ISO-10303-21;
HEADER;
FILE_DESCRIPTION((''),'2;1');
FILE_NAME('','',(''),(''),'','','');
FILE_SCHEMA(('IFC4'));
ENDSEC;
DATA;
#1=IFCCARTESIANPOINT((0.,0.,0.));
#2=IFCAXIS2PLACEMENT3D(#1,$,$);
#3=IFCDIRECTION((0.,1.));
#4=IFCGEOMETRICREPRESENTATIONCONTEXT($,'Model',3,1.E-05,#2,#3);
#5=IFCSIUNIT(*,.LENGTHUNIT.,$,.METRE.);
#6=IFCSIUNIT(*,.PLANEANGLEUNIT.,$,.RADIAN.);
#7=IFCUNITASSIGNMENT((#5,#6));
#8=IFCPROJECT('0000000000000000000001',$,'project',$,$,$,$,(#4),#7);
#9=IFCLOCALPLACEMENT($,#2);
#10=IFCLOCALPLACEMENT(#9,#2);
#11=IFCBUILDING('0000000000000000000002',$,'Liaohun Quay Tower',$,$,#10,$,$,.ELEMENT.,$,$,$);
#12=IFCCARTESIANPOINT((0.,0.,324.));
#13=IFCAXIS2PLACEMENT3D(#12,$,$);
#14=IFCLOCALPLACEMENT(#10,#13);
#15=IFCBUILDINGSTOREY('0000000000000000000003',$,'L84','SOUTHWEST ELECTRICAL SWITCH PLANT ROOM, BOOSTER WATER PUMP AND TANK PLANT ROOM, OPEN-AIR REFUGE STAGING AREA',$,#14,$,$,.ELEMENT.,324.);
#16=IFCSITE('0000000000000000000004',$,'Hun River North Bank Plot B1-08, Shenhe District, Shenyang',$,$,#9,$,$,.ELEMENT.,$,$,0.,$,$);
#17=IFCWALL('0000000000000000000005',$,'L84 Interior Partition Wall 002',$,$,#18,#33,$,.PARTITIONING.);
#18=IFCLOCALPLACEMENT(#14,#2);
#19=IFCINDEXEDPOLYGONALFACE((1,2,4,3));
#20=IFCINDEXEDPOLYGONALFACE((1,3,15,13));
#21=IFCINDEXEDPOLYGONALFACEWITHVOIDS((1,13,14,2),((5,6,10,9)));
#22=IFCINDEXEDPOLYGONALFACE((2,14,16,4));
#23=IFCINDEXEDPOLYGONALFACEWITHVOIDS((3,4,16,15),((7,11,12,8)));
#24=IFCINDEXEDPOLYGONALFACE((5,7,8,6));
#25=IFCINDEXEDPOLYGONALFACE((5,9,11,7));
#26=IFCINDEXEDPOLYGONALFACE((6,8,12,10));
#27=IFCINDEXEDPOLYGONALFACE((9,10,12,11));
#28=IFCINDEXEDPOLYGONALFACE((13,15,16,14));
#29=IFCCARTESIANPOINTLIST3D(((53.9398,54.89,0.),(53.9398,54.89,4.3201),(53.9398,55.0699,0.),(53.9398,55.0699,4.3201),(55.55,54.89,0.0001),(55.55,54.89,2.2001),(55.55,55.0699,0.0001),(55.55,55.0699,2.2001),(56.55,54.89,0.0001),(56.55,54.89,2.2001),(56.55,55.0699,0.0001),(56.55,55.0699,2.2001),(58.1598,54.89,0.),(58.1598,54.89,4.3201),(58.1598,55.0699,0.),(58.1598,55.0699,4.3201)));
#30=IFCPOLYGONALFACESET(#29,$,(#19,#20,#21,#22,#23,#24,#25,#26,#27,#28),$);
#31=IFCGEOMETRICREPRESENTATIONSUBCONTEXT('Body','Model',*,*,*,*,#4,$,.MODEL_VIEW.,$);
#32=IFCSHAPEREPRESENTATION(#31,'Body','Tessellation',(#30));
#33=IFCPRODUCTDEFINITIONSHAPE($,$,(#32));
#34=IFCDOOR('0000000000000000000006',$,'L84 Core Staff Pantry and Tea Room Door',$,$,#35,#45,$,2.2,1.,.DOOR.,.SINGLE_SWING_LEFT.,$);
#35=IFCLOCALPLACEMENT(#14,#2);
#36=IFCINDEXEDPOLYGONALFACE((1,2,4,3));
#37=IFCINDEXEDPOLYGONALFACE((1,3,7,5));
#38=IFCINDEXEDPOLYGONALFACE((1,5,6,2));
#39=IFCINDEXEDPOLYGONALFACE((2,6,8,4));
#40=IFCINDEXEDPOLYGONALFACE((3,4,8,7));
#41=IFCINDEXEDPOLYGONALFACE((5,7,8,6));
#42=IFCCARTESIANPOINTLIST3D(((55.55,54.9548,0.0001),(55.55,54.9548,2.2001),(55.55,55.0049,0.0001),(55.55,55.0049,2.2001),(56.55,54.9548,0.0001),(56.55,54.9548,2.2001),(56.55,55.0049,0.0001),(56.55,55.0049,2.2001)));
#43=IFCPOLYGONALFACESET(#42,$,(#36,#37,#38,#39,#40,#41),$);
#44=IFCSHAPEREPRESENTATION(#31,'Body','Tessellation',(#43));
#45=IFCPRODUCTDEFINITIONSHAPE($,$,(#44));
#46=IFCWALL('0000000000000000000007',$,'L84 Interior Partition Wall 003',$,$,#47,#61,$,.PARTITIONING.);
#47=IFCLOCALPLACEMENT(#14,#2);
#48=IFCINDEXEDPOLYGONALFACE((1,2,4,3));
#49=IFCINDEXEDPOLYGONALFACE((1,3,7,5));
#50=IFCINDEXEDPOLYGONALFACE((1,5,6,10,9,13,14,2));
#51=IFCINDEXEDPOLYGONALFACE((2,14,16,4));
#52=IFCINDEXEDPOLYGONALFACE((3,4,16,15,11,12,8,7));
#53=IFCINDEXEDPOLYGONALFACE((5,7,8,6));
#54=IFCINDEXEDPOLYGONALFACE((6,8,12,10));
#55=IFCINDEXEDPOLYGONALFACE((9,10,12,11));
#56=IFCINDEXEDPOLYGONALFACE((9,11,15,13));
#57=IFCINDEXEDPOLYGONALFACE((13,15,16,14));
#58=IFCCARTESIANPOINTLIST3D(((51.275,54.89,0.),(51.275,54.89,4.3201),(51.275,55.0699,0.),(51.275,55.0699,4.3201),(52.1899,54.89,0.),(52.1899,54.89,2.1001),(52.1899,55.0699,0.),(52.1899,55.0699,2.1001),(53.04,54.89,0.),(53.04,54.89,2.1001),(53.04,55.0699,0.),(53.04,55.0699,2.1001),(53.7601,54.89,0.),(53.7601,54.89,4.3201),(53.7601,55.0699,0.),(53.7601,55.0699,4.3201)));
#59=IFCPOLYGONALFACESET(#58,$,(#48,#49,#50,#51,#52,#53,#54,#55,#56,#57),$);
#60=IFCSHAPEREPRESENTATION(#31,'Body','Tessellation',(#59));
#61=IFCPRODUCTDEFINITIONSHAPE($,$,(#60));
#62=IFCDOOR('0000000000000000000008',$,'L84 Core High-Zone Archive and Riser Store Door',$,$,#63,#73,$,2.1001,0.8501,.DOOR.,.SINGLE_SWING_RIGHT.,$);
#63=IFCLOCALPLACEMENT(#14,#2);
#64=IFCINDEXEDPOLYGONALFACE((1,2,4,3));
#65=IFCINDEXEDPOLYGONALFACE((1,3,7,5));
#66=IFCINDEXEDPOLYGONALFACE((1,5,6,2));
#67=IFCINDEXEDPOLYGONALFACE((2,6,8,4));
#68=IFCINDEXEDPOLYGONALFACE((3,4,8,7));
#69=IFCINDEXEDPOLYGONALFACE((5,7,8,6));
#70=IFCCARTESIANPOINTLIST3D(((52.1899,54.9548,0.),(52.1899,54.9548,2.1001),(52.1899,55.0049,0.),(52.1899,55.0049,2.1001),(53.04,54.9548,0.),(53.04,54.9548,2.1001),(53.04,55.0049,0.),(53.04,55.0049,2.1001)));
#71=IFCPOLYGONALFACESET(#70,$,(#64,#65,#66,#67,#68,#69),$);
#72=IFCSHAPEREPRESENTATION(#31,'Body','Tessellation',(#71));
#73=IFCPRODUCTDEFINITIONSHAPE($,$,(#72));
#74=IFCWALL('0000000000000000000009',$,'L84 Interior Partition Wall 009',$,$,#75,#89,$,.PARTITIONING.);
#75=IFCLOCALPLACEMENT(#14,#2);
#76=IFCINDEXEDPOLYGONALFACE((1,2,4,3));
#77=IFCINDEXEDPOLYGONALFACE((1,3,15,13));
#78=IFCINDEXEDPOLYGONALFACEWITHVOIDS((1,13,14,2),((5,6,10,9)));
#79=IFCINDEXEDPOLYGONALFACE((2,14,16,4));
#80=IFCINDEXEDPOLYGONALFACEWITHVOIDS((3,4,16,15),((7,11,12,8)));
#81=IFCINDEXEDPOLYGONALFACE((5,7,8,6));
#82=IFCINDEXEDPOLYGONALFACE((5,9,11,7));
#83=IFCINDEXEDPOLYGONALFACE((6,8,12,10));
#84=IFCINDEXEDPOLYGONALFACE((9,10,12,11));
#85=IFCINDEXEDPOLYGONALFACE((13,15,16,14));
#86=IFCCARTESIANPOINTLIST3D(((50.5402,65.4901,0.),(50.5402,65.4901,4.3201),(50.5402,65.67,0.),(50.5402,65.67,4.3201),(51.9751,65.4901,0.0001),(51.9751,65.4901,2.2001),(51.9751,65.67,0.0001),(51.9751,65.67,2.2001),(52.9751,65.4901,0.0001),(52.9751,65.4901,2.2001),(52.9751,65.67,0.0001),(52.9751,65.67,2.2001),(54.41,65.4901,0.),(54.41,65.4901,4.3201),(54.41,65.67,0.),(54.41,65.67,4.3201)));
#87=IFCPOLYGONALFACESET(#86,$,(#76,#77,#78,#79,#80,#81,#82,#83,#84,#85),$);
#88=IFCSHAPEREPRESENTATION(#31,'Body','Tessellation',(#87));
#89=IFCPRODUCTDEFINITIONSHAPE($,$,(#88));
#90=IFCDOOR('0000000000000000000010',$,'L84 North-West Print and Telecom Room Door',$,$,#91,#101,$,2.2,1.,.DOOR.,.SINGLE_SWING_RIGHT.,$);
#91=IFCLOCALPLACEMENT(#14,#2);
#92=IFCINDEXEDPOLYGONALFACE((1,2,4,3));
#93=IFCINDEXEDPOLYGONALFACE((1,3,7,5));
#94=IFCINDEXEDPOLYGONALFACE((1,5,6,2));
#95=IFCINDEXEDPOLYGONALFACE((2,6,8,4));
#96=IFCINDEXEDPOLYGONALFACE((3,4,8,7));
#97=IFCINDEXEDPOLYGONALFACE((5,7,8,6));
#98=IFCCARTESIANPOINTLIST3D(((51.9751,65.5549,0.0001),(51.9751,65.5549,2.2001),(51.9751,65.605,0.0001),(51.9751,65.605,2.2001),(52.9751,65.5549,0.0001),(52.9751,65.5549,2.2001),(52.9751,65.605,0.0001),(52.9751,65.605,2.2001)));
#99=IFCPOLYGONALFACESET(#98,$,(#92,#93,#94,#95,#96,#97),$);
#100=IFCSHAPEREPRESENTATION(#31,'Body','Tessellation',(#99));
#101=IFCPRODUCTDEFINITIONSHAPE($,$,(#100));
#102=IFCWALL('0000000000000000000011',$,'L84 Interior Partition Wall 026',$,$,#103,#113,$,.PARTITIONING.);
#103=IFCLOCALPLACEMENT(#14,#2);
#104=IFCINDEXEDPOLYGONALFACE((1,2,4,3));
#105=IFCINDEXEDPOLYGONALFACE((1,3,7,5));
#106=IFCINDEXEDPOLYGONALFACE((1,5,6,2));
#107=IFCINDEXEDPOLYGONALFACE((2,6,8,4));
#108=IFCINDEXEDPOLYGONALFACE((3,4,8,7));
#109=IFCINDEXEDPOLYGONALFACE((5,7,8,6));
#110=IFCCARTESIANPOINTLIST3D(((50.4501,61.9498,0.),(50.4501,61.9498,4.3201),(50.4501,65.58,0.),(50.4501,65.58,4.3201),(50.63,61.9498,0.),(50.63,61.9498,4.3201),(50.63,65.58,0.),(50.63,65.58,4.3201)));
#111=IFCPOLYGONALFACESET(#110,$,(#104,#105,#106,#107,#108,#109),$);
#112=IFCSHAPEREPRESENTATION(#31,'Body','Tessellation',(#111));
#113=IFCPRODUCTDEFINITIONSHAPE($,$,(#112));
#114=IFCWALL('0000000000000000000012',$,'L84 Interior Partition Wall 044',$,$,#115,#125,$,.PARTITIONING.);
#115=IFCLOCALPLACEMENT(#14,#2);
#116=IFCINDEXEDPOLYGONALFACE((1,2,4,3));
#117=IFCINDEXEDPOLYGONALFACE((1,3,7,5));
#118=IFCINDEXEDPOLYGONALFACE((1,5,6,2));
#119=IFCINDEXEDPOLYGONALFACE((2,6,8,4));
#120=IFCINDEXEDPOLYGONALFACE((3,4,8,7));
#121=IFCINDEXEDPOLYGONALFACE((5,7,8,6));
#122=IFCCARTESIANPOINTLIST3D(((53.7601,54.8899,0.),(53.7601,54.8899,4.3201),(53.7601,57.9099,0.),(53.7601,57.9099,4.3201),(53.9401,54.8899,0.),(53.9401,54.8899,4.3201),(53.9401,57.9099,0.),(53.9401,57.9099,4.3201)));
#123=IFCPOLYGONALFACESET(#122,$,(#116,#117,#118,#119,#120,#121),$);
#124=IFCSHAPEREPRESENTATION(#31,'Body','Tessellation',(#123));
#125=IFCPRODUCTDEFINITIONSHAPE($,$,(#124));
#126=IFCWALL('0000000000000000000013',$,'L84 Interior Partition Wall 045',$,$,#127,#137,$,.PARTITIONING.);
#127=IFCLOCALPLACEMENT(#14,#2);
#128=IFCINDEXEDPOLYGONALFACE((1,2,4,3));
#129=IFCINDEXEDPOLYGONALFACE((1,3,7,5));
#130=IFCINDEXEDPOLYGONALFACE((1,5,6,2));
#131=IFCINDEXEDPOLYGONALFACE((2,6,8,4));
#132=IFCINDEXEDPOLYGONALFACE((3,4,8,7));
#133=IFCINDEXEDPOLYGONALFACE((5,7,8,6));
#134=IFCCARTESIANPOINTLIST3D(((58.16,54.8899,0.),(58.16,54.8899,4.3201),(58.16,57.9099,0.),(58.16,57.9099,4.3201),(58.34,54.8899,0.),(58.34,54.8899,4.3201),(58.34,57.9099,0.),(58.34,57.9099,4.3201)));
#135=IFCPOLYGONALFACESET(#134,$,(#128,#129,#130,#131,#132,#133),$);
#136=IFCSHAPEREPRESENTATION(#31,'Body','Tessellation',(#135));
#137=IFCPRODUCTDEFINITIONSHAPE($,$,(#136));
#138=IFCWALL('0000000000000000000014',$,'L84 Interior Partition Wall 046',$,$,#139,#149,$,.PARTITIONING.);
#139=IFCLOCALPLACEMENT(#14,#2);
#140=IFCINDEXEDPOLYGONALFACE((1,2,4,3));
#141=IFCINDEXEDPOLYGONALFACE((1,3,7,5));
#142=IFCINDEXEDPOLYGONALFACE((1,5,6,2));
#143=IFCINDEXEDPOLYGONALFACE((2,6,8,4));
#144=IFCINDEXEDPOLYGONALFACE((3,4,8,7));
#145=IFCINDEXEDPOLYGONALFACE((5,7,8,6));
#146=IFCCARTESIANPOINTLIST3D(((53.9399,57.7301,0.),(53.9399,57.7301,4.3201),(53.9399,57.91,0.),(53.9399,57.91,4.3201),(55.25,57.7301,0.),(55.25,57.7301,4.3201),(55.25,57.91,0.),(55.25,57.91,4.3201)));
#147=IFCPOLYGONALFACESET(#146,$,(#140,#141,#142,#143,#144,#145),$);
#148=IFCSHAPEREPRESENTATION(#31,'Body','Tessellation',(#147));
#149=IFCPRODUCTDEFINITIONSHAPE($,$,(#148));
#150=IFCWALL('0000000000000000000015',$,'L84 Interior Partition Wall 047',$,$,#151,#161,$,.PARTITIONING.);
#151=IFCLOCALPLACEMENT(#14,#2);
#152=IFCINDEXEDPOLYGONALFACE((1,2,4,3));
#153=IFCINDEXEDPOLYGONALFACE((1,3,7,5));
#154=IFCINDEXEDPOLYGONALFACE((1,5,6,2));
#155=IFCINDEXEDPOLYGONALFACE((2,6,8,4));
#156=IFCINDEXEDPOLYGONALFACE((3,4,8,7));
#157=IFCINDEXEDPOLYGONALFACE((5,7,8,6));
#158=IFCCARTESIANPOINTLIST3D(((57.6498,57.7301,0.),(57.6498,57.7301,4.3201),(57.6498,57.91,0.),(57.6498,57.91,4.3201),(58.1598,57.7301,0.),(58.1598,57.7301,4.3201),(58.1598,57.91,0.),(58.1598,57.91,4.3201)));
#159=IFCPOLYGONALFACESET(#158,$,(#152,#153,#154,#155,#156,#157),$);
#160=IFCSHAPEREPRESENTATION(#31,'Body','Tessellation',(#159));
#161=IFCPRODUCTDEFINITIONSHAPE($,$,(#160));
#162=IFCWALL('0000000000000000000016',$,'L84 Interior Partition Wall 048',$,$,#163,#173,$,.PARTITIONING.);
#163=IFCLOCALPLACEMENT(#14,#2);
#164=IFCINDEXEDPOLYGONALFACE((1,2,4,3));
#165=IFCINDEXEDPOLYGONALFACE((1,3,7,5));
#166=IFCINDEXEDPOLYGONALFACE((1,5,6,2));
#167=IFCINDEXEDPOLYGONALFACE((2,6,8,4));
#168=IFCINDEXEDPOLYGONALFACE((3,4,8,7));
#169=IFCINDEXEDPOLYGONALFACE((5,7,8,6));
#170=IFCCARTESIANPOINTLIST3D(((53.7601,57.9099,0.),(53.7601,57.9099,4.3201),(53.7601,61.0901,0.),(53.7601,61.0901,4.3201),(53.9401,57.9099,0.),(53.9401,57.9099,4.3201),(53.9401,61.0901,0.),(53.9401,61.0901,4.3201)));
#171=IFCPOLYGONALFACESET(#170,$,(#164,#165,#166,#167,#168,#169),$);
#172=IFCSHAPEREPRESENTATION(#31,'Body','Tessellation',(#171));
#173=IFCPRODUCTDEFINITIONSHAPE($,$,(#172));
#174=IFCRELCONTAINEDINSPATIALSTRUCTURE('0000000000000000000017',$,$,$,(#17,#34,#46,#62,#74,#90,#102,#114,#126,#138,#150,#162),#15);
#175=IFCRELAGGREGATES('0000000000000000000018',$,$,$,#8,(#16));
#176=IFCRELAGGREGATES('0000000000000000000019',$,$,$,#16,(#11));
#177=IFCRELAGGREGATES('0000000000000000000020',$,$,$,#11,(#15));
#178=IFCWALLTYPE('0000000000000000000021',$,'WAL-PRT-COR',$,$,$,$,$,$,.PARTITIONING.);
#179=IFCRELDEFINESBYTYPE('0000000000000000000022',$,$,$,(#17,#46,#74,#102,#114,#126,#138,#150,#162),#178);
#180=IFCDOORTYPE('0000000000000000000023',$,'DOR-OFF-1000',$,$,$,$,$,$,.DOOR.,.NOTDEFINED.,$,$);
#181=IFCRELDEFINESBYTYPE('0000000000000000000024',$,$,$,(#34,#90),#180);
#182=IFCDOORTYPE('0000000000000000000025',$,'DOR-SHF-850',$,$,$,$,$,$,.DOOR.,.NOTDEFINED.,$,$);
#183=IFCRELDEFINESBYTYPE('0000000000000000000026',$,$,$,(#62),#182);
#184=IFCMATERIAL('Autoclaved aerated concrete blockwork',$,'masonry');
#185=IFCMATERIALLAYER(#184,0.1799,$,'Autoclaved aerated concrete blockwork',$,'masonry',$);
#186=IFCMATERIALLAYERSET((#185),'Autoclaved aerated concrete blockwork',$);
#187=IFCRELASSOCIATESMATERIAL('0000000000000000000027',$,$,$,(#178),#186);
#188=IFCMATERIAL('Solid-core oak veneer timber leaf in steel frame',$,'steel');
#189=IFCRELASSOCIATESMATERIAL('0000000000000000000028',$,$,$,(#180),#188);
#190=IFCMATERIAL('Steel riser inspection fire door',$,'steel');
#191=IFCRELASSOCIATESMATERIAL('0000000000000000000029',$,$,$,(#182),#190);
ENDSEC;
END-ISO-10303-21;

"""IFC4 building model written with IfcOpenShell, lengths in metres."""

from ifc_helpers import new_model, si_unit, direction, frame, frame_2d, origin, place, context, subcontext, project, spatial, rectangle, extrude, source, transform, mapped, material, layer, layer_set, type_object, element, fill, save


model = new_model("IFC4")

# Units and contexts
model_context = context("Model", 3, precision=1e-05, world=origin(), true_north=direction((0.0, 1.0)))
body_context = subcontext(model_context, "Body", "Model", "MODEL_VIEW")
ifc_project = project(units=[si_unit("LENGTHUNIT", "METRE"), si_unit("PLANEANGLEUNIT", "RADIAN")], contexts=[model_context])

# Site, building, storey
site_placement = place(None, origin())
site = spatial("IfcSite", under=ifc_project, at=site_placement, Name="Hun River North Bank Plot B1-08, Shenhe District, Shenyang", CompositionType="ELEMENT", RefElevation=0.0)
building_placement = place(site_placement, origin())
building = spatial("IfcBuilding", under=site, at=building_placement, Name="Liaohun Quay Tower", CompositionType="ELEMENT")
storey_placement = place(building_placement, frame((0.0, 0.0, 324.0)))
storey = spatial("IfcBuildingStorey", under=building, at=storey_placement, Name="L84", Description="SOUTHWEST ELECTRICAL SWITCH PLANT ROOM, BOOSTER WATER PUMP AND TANK PLANT ROOM, OPEN-AIR REFUGE STAGING AREA", CompositionType="ELEMENT", Elevation=324.0)

# Walls, openings, doors
ifc_material_1 = material(Name="Autoclaved aerated concrete blockwork", Category="masonry")
ifc_layer_1 = layer(ifc_material_1, 0.1799, Name="Autoclaved aerated concrete blockwork", Category="masonry")
ifc_layer_set_1 = layer_set([ifc_layer_1], Name="Autoclaved aerated concrete blockwork")
wall_type_1 = type_object("IfcWallType", Name="WAL-PRT-COR", PredefinedType="PARTITIONING", material=ifc_layer_set_1)
wall_1_placement = place(storey_placement, frame((53.9399, 54.98, 0.0), z_axis=(0.0, 0.0, 1.0), x_axis=(1.0, 0.0, 0.0)))
wall_1 = element("IfcWall", 1, at=wall_1_placement, inside=storey, type_object=wall_type_1, Name="L84 Interior Partition Wall 002", PredefinedType="PARTITIONING", context=body_context, shape_type="SweptSolid", body=[
    extrude(rectangle(XDim=4.22, YDim=0.1799, at=frame_2d((2.1099, 0.0))), origin(), (0.0, 0.0, 1.0), 4.3201),
])
shared_shape_1 = source(origin(), body_context, "Body", "SweptSolid", [
    extrude(rectangle(XDim=1.0, YDim=2.2, at=frame_2d((0.5, 1.1001))), frame((0.0, 0.0999, 0.0), z_axis=(0.0, -1.0, 0.0), x_axis=(1.0, 0.0, 0.0)), (0.0, 0.0, 1.0), 0.2),
])
opening_1_placement = place(wall_1_placement, frame((1.6101, 0.0, 0.0)))
opening_1 = element("IfcOpeningElement", 2, at=opening_1_placement, cuts=wall_1, PredefinedType="OPENING", context=body_context, shape_type="MappedRepresentation", body=[
    mapped(shared_shape_1, transform((0.0, 0.0, 0.0), x_axis=(1.0, 0.0, 0.0), y_axis=(0.0, 1.0, 0.0), z_axis=(0.0, 0.0, 1.0), scale=1.0)),
])
ifc_material_2 = material(Name="Solid-core oak veneer timber leaf in steel frame", Category="steel")
door_type_1 = type_object("IfcDoorType", Name="DOR-OFF-1000", OperationType="NOTDEFINED", PredefinedType="DOOR", material=ifc_material_2)
shared_shape_2 = source(origin(), body_context, "Body", "SweptSolid", [
    extrude(rectangle(XDim=1.0, YDim=2.2, at=frame_2d((0.5, 1.1001))), frame((0.0, 0.0249, 0.0), z_axis=(0.0, -1.0, 0.0), x_axis=(1.0, 0.0, 0.0)), (0.0, 0.0, 1.0), 0.05),
])
door_1_placement = place(opening_1_placement, origin())
door_1 = element("IfcDoor", 3, at=door_1_placement, inside=storey, type_object=door_type_1, Name="L84 Core Staff Pantry and Tea Room Door", OperationType="SINGLE_SWING_LEFT", OverallHeight=2.2, OverallWidth=1.0, PredefinedType="DOOR", context=body_context, shape_type="MappedRepresentation", body=[
    mapped(shared_shape_2, transform((0.0, 0.0, 0.0), x_axis=(1.0, 0.0, 0.0), y_axis=(0.0, 1.0, 0.0), z_axis=(0.0, 0.0, 1.0), scale=1.0)),
])
fill(opening_1, door_1)
wall_2_placement = place(storey_placement, frame((51.2749, 54.98, 0.0), z_axis=(0.0, 0.0, 1.0), x_axis=(1.0, 0.0, 0.0)))
wall_2 = element("IfcWall", 4, at=wall_2_placement, inside=storey, type_object=wall_type_1, Name="L84 Interior Partition Wall 003", PredefinedType="PARTITIONING", context=body_context, shape_type="SweptSolid", body=[
    extrude(rectangle(XDim=2.4851, YDim=0.1799, at=frame_2d((1.2427, 0.0))), origin(), (0.0, 0.0, 1.0), 4.3201),
])
shared_shape_3 = source(origin(), body_context, "Body", "SweptSolid", [
    extrude(rectangle(XDim=0.8501, YDim=2.1001, at=frame_2d((0.425, 1.05))), frame((0.0, 0.0999, 0.0), z_axis=(0.0, -1.0, 0.0), x_axis=(1.0, 0.0, 0.0)), (0.0, 0.0, 1.0), 0.2),
])
opening_2_placement = place(wall_2_placement, frame((0.915, 0.0, 0.0)))
opening_2 = element("IfcOpeningElement", 5, at=opening_2_placement, cuts=wall_2, PredefinedType="OPENING", context=body_context, shape_type="MappedRepresentation", body=[
    mapped(shared_shape_3, transform((0.0, 0.0, 0.0), x_axis=(1.0, 0.0, 0.0), y_axis=(0.0, 1.0, 0.0), z_axis=(0.0, 0.0, 1.0), scale=1.0)),
])
ifc_material_3 = material(Name="Steel riser inspection fire door", Category="steel")
door_type_2 = type_object("IfcDoorType", Name="DOR-SHF-850", OperationType="NOTDEFINED", PredefinedType="DOOR", material=ifc_material_3)
shared_shape_4 = source(origin(), body_context, "Body", "SweptSolid", [
    extrude(rectangle(XDim=0.8501, YDim=2.1001, at=frame_2d((0.425, 1.05))), frame((0.0, 0.0249, 0.0), z_axis=(0.0, -1.0, 0.0), x_axis=(1.0, 0.0, 0.0)), (0.0, 0.0, 1.0), 0.05),
])
door_2_placement = place(opening_2_placement, origin())
door_2 = element("IfcDoor", 6, at=door_2_placement, inside=storey, type_object=door_type_2, Name="L84 Core High-Zone Archive and Riser Store Door", OperationType="SINGLE_SWING_RIGHT", OverallHeight=2.1001, OverallWidth=0.8501, PredefinedType="DOOR", context=body_context, shape_type="MappedRepresentation", body=[
    mapped(shared_shape_4, transform((0.0, 0.0, 0.0), x_axis=(1.0, 0.0, 0.0), y_axis=(0.0, 1.0, 0.0), z_axis=(0.0, 0.0, 1.0), scale=1.0)),
])
fill(opening_2, door_2)
wall_3_placement = place(storey_placement, frame((50.54, 65.5801, 0.0), z_axis=(0.0, 0.0, 1.0), x_axis=(1.0, 0.0, 0.0)))
wall_3 = element("IfcWall", 7, at=wall_3_placement, inside=storey, type_object=wall_type_1, Name="L84 Interior Partition Wall 009", PredefinedType="PARTITIONING", context=body_context, shape_type="SweptSolid", body=[
    extrude(rectangle(XDim=3.8699, YDim=0.1799, at=frame_2d((1.9351, 0.0))), origin(), (0.0, 0.0, 1.0), 4.3201),
])
opening_3_placement = place(wall_3_placement, frame((1.4351, 0.0, 0.0)))
opening_3 = element("IfcOpeningElement", 8, at=opening_3_placement, cuts=wall_3, PredefinedType="OPENING", context=body_context, shape_type="MappedRepresentation", body=[
    mapped(shared_shape_1, transform((0.0, 0.0, 0.0), x_axis=(1.0, 0.0, 0.0), y_axis=(0.0, 1.0, 0.0), z_axis=(0.0, 0.0, 1.0), scale=1.0)),
])
door_3_placement = place(opening_3_placement, origin())
door_3 = element("IfcDoor", 9, at=door_3_placement, inside=storey, type_object=door_type_1, Name="L84 North-West Print and Telecom Room Door", OperationType="SINGLE_SWING_RIGHT", OverallHeight=2.2, OverallWidth=1.0, PredefinedType="DOOR", context=body_context, shape_type="MappedRepresentation", body=[
    mapped(shared_shape_2, transform((0.0, 0.0, 0.0), x_axis=(1.0, 0.0, 0.0), y_axis=(0.0, 1.0, 0.0), z_axis=(0.0, 0.0, 1.0), scale=1.0)),
])
fill(opening_3, door_3)

# Walls
wall_4_placement = place(storey_placement, frame((50.54, 61.95, 0.0), z_axis=(0.0, 0.0, 1.0), x_axis=(0.0, 1.0, 0.0)))
element("IfcWall", 10, at=wall_4_placement, inside=storey, type_object=wall_type_1, Name="L84 Interior Partition Wall 026", PredefinedType="PARTITIONING", context=body_context, shape_type="SweptSolid", body=[
    extrude(rectangle(XDim=3.6301, YDim=0.1799, at=frame_2d((1.8149, 0.0))), origin(), (0.0, 0.0, 1.0), 4.3201),
])
for number, where, z_axis, x_axis, name in (
    (11, (53.8501, 54.8899, 0.0), (0.0, 0.0, 1.0), (0.0, 1.0, 0.0), "L84 Interior Partition Wall 044"),
    (12, (58.25, 54.8899, 0.0), (0.0, 0.0, 1.0), (0.0, 1.0, 0.0), "L84 Interior Partition Wall 045"),
):
    element("IfcWall", number, at=place(storey_placement, frame(where, z_axis=z_axis, x_axis=x_axis)), inside=storey, type_object=wall_type_1, Name=name, PredefinedType="PARTITIONING", context=body_context, shape_type="SweptSolid", body=[
        extrude(rectangle(XDim=3.02, YDim=0.1799, at=frame_2d((1.51, 0.0))), origin(), (0.0, 0.0, 1.0), 4.3201),
    ])
wall_5_placement = place(storey_placement, frame((53.9399, 57.8201, 0.0), z_axis=(0.0, 0.0, 1.0), x_axis=(1.0, 0.0, 0.0)))
element("IfcWall", 13, at=wall_5_placement, inside=storey, type_object=wall_type_1, Name="L84 Interior Partition Wall 046", PredefinedType="PARTITIONING", context=body_context, shape_type="SweptSolid", body=[
    extrude(rectangle(XDim=1.3101, YDim=0.1799, at=frame_2d((0.655, 0.0))), origin(), (0.0, 0.0, 1.0), 4.3201),
])
wall_6_placement = place(storey_placement, frame((57.6499, 57.8201, 0.0), z_axis=(0.0, 0.0, 1.0), x_axis=(1.0, 0.0, 0.0)))
element("IfcWall", 14, at=wall_6_placement, inside=storey, type_object=wall_type_1, Name="L84 Interior Partition Wall 047", PredefinedType="PARTITIONING", context=body_context, shape_type="SweptSolid", body=[
    extrude(rectangle(XDim=0.51, YDim=0.1799, at=frame_2d((0.2549, 0.0))), origin(), (0.0, 0.0, 1.0), 4.3201),
])
wall_7_placement = place(storey_placement, frame((53.8501, 57.9099, 0.0), z_axis=(0.0, 0.0, 1.0), x_axis=(0.0, 1.0, 0.0)))
element("IfcWall", 15, at=wall_7_placement, inside=storey, type_object=wall_type_1, Name="L84 Interior Partition Wall 048", PredefinedType="PARTITIONING", context=body_context, shape_type="SweptSolid", body=[
    extrude(rectangle(XDim=3.1802, YDim=0.1799, at=frame_2d((1.5901, 0.0))), origin(), (0.0, 0.0, 1.0), 4.3201),
])

save(model, "model.ifc")
